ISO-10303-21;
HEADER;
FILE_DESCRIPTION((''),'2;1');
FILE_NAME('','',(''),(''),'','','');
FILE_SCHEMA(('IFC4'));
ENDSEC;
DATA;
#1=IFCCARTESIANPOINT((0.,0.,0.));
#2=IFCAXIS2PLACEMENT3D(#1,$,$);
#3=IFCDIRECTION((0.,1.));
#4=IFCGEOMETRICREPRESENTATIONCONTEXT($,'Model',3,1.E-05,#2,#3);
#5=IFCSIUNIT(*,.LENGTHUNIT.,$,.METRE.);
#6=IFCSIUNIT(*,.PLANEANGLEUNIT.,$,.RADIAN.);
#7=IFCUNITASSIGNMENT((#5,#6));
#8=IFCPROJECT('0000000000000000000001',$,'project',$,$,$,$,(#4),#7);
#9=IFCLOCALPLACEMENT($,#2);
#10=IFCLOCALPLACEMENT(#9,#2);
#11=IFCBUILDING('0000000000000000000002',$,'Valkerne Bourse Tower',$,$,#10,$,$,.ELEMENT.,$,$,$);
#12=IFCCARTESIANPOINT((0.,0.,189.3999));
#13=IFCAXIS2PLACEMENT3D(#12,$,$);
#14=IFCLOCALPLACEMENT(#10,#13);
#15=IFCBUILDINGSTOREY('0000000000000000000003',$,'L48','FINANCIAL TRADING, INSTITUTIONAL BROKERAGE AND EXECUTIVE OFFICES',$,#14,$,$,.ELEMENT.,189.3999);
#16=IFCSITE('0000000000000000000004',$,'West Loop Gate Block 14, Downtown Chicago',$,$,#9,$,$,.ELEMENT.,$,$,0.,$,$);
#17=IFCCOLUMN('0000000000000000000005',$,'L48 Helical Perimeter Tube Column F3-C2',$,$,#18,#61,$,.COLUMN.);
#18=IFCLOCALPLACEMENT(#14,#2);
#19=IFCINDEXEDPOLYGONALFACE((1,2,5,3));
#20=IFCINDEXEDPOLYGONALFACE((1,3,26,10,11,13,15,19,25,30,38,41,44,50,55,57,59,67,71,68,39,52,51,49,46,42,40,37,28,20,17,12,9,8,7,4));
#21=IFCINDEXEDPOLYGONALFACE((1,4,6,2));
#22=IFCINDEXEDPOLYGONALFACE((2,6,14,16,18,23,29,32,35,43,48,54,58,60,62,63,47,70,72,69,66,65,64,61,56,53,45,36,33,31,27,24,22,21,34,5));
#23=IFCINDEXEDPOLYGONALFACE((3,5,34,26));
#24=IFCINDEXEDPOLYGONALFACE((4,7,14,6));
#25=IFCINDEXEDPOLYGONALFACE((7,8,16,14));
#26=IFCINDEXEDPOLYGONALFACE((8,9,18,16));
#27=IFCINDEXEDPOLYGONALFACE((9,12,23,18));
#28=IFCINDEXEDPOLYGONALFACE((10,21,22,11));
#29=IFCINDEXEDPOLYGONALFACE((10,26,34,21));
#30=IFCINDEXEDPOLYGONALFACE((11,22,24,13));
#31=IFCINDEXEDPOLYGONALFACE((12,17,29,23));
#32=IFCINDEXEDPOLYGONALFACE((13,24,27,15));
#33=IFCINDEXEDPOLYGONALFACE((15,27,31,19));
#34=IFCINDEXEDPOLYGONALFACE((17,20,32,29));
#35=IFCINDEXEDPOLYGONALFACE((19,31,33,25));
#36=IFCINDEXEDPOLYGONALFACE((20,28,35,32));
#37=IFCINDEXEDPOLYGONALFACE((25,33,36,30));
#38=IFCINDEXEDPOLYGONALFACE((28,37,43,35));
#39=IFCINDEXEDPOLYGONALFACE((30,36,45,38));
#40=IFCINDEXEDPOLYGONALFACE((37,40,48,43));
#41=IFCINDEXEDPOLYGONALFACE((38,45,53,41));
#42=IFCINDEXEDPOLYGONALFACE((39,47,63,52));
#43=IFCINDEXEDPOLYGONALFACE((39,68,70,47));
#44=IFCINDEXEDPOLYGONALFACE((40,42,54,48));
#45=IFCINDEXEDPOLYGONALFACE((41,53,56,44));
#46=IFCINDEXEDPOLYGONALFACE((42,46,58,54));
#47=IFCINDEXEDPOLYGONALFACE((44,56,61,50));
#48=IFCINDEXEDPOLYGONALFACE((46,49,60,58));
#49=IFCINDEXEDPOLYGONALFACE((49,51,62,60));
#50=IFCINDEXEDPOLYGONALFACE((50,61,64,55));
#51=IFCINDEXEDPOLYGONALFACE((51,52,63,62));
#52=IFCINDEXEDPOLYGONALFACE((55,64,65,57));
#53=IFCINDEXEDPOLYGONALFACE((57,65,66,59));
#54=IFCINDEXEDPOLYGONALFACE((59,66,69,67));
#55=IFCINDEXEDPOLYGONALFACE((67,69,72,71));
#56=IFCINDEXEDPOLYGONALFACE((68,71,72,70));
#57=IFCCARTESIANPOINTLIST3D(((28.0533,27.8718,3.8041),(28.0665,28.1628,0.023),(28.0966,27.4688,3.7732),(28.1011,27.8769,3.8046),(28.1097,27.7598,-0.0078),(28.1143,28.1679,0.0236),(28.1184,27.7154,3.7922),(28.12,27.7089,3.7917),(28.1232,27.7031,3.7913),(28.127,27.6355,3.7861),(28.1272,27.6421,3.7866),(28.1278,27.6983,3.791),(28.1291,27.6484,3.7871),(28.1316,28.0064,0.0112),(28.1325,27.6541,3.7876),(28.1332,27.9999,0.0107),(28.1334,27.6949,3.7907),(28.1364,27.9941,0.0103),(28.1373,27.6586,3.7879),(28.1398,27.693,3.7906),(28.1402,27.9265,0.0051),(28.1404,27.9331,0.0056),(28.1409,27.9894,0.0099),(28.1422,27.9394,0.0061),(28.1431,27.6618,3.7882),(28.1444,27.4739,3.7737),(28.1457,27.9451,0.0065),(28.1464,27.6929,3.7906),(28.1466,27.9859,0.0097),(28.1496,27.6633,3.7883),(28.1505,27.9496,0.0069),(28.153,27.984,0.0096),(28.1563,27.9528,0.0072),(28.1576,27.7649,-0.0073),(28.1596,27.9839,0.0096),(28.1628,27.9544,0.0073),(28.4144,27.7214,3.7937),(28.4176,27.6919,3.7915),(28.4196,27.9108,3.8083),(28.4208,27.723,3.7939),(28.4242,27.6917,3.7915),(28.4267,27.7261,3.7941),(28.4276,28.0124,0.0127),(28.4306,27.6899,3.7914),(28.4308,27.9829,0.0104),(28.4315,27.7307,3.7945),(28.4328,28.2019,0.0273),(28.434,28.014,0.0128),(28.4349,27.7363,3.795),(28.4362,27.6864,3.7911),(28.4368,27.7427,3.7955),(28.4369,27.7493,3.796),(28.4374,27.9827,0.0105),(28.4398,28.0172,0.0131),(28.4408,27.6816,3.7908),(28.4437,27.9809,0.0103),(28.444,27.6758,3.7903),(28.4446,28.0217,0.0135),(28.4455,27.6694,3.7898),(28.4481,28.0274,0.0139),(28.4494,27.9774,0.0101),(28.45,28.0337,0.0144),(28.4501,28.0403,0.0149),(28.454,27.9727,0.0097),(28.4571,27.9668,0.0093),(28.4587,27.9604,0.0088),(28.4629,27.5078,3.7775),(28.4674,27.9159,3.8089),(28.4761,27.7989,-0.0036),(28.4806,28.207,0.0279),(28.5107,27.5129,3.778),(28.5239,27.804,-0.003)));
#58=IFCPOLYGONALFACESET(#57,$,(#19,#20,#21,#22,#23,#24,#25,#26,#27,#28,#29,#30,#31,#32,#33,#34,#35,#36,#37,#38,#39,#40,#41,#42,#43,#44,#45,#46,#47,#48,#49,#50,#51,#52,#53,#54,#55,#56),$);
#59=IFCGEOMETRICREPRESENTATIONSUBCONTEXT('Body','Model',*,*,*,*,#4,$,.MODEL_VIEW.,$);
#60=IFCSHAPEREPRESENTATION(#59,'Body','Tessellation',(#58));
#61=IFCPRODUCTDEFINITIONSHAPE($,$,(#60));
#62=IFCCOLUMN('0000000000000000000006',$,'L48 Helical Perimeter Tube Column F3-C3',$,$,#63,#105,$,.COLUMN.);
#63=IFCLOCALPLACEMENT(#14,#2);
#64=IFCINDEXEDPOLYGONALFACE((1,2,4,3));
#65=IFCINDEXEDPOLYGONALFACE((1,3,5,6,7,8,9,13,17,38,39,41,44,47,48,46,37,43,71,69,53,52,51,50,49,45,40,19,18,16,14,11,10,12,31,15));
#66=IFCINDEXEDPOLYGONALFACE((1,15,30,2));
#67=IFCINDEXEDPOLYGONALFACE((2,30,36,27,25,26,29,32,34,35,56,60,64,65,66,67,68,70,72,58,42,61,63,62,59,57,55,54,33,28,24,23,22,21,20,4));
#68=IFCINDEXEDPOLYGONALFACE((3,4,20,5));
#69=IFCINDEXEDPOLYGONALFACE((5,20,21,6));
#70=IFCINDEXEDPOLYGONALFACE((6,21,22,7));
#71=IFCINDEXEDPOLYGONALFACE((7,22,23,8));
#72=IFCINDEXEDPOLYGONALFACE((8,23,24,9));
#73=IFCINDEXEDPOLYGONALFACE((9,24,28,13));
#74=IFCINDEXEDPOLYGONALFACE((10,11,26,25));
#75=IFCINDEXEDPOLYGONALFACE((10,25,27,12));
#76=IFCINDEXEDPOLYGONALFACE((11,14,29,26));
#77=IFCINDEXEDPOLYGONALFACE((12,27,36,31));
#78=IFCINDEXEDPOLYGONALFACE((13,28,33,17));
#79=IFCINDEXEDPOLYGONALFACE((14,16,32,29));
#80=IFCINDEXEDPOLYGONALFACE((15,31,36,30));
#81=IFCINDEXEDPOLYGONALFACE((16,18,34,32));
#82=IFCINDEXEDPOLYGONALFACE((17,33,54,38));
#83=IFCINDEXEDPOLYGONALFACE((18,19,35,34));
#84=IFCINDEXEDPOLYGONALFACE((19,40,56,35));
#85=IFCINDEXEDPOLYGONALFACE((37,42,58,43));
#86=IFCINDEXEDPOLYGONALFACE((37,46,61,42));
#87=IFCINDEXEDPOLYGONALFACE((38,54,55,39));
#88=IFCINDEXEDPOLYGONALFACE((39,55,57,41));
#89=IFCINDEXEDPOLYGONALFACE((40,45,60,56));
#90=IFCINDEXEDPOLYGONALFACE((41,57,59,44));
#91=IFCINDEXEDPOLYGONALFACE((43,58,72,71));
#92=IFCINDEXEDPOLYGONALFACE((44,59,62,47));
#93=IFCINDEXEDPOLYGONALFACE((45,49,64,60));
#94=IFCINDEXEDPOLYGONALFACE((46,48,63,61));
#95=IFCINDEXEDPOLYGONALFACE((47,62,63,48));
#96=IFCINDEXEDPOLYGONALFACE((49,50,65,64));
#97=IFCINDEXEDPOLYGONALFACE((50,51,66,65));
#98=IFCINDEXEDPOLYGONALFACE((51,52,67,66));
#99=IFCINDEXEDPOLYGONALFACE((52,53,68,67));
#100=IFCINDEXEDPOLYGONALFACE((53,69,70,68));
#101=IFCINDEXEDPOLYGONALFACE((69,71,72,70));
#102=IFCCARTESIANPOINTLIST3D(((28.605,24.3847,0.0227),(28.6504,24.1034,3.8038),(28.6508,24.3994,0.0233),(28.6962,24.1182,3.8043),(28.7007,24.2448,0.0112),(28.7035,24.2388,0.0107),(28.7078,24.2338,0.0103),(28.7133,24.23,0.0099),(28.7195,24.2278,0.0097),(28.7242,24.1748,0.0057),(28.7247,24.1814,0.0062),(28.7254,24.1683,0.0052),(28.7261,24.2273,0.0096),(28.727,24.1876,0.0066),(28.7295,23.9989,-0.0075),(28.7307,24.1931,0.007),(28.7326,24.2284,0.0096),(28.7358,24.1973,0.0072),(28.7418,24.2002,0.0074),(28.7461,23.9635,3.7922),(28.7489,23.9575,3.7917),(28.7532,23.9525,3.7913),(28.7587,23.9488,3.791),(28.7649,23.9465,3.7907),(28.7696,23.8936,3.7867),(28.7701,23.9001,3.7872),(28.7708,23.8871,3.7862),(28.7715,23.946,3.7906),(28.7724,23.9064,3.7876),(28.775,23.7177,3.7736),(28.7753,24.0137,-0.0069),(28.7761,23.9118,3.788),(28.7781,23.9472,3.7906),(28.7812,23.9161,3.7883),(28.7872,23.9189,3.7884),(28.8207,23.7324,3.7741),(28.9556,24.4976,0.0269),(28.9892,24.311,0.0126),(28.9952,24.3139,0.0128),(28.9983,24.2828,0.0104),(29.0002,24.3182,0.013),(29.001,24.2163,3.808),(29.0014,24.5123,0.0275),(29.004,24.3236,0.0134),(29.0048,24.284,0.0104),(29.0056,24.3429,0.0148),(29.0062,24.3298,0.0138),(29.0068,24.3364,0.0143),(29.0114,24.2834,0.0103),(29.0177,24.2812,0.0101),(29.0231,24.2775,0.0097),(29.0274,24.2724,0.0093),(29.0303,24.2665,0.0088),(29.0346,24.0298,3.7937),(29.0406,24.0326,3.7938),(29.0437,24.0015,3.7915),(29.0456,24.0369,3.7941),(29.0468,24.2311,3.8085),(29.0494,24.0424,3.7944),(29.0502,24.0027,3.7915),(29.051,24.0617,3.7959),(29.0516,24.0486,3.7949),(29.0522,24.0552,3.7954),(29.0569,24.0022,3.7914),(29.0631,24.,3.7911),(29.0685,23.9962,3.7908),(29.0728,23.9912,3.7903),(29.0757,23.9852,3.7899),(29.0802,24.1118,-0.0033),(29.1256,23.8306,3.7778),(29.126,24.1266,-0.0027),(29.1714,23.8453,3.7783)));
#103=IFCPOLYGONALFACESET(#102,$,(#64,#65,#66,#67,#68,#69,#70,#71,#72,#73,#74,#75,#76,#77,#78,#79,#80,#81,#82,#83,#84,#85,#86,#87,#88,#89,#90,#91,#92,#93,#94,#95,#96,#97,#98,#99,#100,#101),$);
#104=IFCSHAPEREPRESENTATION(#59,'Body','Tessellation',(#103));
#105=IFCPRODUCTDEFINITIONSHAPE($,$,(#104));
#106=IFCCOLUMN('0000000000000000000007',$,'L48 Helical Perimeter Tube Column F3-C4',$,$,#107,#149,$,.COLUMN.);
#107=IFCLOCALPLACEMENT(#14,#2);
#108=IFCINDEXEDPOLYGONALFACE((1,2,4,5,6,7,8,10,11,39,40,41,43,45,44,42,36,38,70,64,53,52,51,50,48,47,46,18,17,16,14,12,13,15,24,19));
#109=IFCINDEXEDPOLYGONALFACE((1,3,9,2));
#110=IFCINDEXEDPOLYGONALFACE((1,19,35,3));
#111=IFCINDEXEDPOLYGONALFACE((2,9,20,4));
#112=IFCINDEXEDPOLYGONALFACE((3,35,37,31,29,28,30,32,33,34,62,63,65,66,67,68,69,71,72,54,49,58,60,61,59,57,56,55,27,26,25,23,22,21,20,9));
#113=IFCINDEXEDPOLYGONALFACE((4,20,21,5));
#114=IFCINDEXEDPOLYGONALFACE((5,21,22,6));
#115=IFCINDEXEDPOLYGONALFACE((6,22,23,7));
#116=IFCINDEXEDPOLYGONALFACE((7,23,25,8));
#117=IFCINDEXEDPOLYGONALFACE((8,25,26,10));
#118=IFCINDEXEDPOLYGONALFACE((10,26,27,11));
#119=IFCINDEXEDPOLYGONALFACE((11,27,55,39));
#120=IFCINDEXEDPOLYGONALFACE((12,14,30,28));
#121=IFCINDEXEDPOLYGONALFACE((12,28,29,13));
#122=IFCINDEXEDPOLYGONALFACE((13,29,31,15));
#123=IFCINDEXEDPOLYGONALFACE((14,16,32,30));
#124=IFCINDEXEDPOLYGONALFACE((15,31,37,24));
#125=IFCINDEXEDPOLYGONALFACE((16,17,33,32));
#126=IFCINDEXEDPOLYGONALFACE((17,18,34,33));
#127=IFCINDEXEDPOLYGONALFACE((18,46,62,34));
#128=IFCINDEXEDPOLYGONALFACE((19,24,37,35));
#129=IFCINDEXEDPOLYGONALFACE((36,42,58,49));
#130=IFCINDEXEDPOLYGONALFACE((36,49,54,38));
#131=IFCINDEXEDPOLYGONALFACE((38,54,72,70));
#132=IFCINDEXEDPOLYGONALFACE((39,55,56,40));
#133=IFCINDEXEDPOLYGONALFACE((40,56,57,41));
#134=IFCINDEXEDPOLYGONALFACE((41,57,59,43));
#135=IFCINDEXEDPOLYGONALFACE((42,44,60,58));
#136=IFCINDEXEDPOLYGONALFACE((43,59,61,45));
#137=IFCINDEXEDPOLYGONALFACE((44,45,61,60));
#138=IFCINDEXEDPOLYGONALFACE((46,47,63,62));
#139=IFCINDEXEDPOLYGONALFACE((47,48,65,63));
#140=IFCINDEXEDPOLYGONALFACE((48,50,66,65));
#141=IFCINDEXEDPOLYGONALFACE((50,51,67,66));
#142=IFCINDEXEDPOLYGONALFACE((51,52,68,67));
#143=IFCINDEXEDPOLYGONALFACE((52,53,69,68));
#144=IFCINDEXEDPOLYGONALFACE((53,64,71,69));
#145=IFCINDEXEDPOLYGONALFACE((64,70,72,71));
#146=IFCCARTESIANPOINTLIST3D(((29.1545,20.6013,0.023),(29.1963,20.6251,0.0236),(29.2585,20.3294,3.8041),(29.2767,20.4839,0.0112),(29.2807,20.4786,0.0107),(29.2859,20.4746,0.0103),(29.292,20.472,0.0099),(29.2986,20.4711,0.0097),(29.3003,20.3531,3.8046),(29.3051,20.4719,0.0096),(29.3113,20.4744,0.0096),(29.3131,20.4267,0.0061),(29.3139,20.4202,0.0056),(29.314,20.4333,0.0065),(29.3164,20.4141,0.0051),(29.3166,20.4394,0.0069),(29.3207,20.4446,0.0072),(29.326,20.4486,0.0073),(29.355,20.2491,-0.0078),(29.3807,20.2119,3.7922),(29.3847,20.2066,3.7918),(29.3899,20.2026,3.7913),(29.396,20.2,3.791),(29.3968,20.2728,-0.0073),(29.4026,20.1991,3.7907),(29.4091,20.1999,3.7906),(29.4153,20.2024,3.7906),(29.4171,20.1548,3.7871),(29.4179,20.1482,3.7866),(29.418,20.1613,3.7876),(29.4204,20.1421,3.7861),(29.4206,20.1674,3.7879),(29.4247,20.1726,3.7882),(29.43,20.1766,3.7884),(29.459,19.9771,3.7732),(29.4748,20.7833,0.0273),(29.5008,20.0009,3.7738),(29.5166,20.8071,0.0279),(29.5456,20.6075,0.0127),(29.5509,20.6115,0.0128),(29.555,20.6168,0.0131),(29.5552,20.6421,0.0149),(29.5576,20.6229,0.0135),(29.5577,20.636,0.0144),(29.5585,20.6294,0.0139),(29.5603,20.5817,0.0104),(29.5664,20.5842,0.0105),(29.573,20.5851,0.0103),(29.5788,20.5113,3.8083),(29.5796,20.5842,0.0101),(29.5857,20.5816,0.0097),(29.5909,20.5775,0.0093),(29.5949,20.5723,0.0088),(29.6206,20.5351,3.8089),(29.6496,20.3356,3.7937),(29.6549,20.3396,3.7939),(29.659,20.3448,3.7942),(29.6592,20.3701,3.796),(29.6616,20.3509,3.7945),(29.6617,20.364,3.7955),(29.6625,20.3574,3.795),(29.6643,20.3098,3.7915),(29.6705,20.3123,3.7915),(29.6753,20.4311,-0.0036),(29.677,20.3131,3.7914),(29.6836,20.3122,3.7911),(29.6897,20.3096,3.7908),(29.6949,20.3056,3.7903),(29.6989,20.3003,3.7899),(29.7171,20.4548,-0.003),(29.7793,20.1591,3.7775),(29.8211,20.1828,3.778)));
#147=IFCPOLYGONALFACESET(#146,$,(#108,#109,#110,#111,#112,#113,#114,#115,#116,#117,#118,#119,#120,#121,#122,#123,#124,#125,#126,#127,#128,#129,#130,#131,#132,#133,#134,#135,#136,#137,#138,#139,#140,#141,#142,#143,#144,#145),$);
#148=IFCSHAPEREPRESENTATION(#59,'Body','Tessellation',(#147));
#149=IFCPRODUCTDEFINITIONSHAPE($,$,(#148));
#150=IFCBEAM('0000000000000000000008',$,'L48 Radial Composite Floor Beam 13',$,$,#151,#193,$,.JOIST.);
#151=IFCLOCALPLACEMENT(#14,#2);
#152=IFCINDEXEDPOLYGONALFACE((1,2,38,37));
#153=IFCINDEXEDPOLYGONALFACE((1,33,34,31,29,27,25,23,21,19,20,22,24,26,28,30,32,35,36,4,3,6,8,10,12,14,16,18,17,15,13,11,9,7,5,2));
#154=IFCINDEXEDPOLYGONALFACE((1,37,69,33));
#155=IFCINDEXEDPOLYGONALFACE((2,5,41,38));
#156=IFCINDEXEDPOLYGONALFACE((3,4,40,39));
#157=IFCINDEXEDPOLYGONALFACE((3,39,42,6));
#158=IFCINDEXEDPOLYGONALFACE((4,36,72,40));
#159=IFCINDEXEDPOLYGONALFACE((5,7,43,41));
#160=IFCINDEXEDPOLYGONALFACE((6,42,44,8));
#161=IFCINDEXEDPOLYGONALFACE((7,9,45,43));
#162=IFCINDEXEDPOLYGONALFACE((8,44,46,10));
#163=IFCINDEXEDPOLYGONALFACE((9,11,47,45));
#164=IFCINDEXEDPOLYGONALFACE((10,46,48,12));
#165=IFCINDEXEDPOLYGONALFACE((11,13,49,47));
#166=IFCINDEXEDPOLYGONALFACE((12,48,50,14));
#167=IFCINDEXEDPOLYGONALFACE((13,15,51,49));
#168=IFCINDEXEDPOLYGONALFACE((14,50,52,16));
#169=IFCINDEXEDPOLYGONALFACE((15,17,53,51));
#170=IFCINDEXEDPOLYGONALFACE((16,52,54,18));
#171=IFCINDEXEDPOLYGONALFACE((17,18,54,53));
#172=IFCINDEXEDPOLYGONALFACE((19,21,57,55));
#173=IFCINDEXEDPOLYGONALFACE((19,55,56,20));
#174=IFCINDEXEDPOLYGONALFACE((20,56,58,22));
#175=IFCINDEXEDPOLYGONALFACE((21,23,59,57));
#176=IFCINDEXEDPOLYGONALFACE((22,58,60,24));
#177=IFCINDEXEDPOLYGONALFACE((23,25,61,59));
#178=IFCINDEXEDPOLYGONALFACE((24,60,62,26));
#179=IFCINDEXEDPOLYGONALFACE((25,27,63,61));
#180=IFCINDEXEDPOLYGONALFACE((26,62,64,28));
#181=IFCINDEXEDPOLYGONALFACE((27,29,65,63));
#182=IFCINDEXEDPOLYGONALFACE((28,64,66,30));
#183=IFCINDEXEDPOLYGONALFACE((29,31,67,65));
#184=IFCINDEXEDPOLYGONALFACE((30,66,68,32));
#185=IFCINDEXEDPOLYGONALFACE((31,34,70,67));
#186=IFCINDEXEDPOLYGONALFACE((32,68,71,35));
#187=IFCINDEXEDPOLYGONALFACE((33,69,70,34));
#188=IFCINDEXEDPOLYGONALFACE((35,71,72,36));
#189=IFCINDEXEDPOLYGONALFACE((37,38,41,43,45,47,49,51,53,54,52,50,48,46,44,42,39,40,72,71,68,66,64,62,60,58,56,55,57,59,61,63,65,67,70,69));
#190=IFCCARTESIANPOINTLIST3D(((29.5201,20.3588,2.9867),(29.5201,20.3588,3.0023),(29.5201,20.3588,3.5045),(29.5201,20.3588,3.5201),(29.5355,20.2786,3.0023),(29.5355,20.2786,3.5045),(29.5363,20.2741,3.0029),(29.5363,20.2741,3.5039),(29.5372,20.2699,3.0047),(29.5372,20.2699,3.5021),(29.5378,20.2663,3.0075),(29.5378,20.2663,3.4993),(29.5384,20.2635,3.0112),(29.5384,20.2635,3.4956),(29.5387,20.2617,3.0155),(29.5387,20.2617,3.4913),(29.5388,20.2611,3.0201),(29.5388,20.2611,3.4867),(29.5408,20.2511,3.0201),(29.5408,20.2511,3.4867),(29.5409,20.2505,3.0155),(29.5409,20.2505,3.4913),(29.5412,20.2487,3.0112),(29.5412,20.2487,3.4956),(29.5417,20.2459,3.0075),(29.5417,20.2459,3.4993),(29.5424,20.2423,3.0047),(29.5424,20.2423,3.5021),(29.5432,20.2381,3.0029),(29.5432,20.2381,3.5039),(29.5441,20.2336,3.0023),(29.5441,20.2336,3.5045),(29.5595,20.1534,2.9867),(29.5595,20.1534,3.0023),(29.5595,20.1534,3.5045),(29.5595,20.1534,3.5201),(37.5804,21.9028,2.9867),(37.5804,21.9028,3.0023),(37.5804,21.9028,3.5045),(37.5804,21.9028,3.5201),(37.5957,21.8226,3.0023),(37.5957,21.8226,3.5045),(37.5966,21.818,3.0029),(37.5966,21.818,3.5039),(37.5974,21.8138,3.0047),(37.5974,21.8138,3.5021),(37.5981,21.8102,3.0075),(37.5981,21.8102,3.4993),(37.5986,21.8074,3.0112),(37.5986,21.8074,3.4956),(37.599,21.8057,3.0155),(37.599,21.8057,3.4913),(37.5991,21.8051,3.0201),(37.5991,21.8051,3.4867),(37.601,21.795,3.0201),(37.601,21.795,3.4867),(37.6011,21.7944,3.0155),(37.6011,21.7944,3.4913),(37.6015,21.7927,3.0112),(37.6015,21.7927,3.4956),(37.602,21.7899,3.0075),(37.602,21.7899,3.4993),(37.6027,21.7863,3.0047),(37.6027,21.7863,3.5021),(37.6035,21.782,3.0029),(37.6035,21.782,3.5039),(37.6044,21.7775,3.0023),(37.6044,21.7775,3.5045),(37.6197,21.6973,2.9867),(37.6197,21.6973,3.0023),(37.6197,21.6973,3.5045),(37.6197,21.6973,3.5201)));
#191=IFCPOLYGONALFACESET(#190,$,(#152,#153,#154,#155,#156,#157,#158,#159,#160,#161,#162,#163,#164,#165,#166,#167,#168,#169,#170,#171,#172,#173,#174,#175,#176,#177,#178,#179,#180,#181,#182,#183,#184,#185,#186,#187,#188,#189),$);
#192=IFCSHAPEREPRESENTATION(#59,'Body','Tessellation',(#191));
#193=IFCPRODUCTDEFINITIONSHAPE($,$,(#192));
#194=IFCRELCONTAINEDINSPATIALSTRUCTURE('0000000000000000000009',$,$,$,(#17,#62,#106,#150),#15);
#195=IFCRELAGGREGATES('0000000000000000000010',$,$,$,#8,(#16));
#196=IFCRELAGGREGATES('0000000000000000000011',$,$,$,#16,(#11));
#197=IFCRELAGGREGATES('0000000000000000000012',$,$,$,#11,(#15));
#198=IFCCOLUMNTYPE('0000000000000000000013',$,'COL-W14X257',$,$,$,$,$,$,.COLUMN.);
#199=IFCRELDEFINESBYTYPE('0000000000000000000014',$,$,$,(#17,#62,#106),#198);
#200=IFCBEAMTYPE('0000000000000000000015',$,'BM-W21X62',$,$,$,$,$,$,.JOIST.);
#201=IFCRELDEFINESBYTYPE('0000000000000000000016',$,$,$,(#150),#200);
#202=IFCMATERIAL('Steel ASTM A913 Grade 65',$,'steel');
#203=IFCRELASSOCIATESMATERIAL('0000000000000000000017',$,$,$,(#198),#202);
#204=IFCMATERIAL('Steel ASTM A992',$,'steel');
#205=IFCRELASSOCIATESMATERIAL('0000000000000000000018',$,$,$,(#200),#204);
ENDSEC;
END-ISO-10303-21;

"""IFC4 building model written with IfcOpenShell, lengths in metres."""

from ifc_helpers import new_model, si_unit, direction, frame, origin, origin_2d, place, context, subcontext, project, spatial, i_section, extrude, material, material_profile, profile_set, type_object, element, save


model = new_model("IFC4")

# Units and contexts
model_context = context("Model", 3, precision=1e-05, world=origin(), true_north=direction((0.0, 1.0)))
body_context = subcontext(model_context, "Body", "Model", "MODEL_VIEW")
ifc_project = project(units=[si_unit("LENGTHUNIT", "METRE"), si_unit("PLANEANGLEUNIT", "RADIAN")], contexts=[model_context])

# Site, building, storey
site_placement = place(None, origin())
site = spatial("IfcSite", under=ifc_project, at=site_placement, Name="West Loop Gate Block 14, Downtown Chicago", CompositionType="ELEMENT", RefElevation=0.0)
building_placement = place(site_placement, origin())
building = spatial("IfcBuilding", under=site, at=building_placement, Name="Valkerne Bourse Tower", CompositionType="ELEMENT")
storey_placement = place(building_placement, frame((0.0, 0.0, 189.3999)))
storey = spatial("IfcBuildingStorey", under=building, at=storey_placement, Name="L48", Description="FINANCIAL TRADING, INSTITUTIONAL BROKERAGE AND EXECUTIVE OFFICES", CompositionType="ELEMENT", Elevation=189.3999)

# Columns
ifc_material_1 = material(Name="Steel ASTM A913 Grade 65", Category="steel")
ifc_material_profile_1 = material_profile(ifc_material_1, i_section(OverallWidth=0.4065, OverallDepth=0.4165, WebThickness=0.0298, FlangeThickness=0.0481, FilletRadius=0.0254, at=origin_2d()), Name="W14X257")
ifc_profile_set_1 = profile_set([ifc_material_profile_1], Name="Steel ASTM A913 Grade 65")
column_type = type_object("IfcColumnType", Name="COL-W14X257", PredefinedType="COLUMN", material=ifc_profile_set_1)
column_1_placement = place(storey_placement, frame((28.2952, 27.9834, 0.01), z_axis=(-0.003476, -0.07674, 0.997045), x_axis=(0.106503, -0.991409, -0.075935)))
element("IfcColumn", 1, at=column_1_placement, inside=storey, type_object=column_type, Name="L48 Helical Perimeter Tube Column F3-C2", PredefinedType="COLUMN", context=body_context, shape_type="SweptSolid", body=[
    extrude(i_section(OverallWidth=0.4065, OverallDepth=0.4165, WebThickness=0.0298, FlangeThickness=0.0481, FilletRadius=0.0254, at=origin_2d()), origin(), (0.0, 0.0, 1.0), 3.7922),
])
column_2_placement = place(storey_placement, frame((28.8655, 24.2556, 0.01), z_axis=(0.011976, -0.074175, 0.997173), x_axis=(0.306442, -0.948988, -0.074271)))
element("IfcColumn", 2, at=column_2_placement, inside=storey, type_object=column_type, Name="L48 Helical Perimeter Tube Column F3-C3", PredefinedType="COLUMN", context=body_context, shape_type="SweptSolid", body=[
    extrude(i_section(OverallWidth=0.4065, OverallDepth=0.4165, WebThickness=0.0298, FlangeThickness=0.0481, FilletRadius=0.0254, at=origin_2d()), origin(), (0.0, 0.0, 1.0), 3.7917),
])
column_3_placement = place(storey_placement, frame((29.4358, 20.5281, 0.01), z_axis=(0.027426, -0.071719, 0.997048), x_axis=(0.493311, -0.866535, -0.0759)))
element("IfcColumn", 3, at=column_3_placement, inside=storey, type_object=column_type, Name="L48 Helical Perimeter Tube Column F3-C4", PredefinedType="COLUMN", context=body_context, shape_type="SweptSolid", body=[
    extrude(i_section(OverallWidth=0.4065, OverallDepth=0.4165, WebThickness=0.0298, FlangeThickness=0.0481, FilletRadius=0.0254, at=origin_2d()), origin(), (0.0, 0.0, 1.0), 3.7922),
])

# Beam
ifc_material_2 = material(Name="Steel ASTM A992", Category="steel")
ifc_material_profile_2 = material_profile(ifc_material_2, i_section(OverallWidth=0.2092, OverallDepth=0.5334, WebThickness=0.0103, FlangeThickness=0.0156, FilletRadius=0.0178, at=origin_2d()), Name="W21X62")
ifc_profile_set_2 = profile_set([ifc_material_profile_2], Name="Steel ASTM A992")
beam_type_1 = type_object("IfcBeamType", Name="BM-W21X62", PredefinedType="JOIST", material=ifc_profile_set_2)
beam_placement = place(storey_placement, frame((29.5398, 20.2561, 3.2534), z_axis=(0.982144, 0.188129, 0.0), x_axis=(-0.188129, 0.982144, 0.0)))
element("IfcBeam", 4, at=beam_placement, inside=storey, type_object=beam_type_1, Name="L48 Radial Composite Floor Beam 13", PredefinedType="JOIST", context=body_context, shape_type="SweptSolid", body=[
    extrude(i_section(OverallWidth=0.2092, OverallDepth=0.5334, WebThickness=0.0103, FlangeThickness=0.0156, FilletRadius=0.0178, at=origin_2d()), origin(), (0.0, 0.0, 1.0), 8.2068),
])

save(model, "model.ifc")
